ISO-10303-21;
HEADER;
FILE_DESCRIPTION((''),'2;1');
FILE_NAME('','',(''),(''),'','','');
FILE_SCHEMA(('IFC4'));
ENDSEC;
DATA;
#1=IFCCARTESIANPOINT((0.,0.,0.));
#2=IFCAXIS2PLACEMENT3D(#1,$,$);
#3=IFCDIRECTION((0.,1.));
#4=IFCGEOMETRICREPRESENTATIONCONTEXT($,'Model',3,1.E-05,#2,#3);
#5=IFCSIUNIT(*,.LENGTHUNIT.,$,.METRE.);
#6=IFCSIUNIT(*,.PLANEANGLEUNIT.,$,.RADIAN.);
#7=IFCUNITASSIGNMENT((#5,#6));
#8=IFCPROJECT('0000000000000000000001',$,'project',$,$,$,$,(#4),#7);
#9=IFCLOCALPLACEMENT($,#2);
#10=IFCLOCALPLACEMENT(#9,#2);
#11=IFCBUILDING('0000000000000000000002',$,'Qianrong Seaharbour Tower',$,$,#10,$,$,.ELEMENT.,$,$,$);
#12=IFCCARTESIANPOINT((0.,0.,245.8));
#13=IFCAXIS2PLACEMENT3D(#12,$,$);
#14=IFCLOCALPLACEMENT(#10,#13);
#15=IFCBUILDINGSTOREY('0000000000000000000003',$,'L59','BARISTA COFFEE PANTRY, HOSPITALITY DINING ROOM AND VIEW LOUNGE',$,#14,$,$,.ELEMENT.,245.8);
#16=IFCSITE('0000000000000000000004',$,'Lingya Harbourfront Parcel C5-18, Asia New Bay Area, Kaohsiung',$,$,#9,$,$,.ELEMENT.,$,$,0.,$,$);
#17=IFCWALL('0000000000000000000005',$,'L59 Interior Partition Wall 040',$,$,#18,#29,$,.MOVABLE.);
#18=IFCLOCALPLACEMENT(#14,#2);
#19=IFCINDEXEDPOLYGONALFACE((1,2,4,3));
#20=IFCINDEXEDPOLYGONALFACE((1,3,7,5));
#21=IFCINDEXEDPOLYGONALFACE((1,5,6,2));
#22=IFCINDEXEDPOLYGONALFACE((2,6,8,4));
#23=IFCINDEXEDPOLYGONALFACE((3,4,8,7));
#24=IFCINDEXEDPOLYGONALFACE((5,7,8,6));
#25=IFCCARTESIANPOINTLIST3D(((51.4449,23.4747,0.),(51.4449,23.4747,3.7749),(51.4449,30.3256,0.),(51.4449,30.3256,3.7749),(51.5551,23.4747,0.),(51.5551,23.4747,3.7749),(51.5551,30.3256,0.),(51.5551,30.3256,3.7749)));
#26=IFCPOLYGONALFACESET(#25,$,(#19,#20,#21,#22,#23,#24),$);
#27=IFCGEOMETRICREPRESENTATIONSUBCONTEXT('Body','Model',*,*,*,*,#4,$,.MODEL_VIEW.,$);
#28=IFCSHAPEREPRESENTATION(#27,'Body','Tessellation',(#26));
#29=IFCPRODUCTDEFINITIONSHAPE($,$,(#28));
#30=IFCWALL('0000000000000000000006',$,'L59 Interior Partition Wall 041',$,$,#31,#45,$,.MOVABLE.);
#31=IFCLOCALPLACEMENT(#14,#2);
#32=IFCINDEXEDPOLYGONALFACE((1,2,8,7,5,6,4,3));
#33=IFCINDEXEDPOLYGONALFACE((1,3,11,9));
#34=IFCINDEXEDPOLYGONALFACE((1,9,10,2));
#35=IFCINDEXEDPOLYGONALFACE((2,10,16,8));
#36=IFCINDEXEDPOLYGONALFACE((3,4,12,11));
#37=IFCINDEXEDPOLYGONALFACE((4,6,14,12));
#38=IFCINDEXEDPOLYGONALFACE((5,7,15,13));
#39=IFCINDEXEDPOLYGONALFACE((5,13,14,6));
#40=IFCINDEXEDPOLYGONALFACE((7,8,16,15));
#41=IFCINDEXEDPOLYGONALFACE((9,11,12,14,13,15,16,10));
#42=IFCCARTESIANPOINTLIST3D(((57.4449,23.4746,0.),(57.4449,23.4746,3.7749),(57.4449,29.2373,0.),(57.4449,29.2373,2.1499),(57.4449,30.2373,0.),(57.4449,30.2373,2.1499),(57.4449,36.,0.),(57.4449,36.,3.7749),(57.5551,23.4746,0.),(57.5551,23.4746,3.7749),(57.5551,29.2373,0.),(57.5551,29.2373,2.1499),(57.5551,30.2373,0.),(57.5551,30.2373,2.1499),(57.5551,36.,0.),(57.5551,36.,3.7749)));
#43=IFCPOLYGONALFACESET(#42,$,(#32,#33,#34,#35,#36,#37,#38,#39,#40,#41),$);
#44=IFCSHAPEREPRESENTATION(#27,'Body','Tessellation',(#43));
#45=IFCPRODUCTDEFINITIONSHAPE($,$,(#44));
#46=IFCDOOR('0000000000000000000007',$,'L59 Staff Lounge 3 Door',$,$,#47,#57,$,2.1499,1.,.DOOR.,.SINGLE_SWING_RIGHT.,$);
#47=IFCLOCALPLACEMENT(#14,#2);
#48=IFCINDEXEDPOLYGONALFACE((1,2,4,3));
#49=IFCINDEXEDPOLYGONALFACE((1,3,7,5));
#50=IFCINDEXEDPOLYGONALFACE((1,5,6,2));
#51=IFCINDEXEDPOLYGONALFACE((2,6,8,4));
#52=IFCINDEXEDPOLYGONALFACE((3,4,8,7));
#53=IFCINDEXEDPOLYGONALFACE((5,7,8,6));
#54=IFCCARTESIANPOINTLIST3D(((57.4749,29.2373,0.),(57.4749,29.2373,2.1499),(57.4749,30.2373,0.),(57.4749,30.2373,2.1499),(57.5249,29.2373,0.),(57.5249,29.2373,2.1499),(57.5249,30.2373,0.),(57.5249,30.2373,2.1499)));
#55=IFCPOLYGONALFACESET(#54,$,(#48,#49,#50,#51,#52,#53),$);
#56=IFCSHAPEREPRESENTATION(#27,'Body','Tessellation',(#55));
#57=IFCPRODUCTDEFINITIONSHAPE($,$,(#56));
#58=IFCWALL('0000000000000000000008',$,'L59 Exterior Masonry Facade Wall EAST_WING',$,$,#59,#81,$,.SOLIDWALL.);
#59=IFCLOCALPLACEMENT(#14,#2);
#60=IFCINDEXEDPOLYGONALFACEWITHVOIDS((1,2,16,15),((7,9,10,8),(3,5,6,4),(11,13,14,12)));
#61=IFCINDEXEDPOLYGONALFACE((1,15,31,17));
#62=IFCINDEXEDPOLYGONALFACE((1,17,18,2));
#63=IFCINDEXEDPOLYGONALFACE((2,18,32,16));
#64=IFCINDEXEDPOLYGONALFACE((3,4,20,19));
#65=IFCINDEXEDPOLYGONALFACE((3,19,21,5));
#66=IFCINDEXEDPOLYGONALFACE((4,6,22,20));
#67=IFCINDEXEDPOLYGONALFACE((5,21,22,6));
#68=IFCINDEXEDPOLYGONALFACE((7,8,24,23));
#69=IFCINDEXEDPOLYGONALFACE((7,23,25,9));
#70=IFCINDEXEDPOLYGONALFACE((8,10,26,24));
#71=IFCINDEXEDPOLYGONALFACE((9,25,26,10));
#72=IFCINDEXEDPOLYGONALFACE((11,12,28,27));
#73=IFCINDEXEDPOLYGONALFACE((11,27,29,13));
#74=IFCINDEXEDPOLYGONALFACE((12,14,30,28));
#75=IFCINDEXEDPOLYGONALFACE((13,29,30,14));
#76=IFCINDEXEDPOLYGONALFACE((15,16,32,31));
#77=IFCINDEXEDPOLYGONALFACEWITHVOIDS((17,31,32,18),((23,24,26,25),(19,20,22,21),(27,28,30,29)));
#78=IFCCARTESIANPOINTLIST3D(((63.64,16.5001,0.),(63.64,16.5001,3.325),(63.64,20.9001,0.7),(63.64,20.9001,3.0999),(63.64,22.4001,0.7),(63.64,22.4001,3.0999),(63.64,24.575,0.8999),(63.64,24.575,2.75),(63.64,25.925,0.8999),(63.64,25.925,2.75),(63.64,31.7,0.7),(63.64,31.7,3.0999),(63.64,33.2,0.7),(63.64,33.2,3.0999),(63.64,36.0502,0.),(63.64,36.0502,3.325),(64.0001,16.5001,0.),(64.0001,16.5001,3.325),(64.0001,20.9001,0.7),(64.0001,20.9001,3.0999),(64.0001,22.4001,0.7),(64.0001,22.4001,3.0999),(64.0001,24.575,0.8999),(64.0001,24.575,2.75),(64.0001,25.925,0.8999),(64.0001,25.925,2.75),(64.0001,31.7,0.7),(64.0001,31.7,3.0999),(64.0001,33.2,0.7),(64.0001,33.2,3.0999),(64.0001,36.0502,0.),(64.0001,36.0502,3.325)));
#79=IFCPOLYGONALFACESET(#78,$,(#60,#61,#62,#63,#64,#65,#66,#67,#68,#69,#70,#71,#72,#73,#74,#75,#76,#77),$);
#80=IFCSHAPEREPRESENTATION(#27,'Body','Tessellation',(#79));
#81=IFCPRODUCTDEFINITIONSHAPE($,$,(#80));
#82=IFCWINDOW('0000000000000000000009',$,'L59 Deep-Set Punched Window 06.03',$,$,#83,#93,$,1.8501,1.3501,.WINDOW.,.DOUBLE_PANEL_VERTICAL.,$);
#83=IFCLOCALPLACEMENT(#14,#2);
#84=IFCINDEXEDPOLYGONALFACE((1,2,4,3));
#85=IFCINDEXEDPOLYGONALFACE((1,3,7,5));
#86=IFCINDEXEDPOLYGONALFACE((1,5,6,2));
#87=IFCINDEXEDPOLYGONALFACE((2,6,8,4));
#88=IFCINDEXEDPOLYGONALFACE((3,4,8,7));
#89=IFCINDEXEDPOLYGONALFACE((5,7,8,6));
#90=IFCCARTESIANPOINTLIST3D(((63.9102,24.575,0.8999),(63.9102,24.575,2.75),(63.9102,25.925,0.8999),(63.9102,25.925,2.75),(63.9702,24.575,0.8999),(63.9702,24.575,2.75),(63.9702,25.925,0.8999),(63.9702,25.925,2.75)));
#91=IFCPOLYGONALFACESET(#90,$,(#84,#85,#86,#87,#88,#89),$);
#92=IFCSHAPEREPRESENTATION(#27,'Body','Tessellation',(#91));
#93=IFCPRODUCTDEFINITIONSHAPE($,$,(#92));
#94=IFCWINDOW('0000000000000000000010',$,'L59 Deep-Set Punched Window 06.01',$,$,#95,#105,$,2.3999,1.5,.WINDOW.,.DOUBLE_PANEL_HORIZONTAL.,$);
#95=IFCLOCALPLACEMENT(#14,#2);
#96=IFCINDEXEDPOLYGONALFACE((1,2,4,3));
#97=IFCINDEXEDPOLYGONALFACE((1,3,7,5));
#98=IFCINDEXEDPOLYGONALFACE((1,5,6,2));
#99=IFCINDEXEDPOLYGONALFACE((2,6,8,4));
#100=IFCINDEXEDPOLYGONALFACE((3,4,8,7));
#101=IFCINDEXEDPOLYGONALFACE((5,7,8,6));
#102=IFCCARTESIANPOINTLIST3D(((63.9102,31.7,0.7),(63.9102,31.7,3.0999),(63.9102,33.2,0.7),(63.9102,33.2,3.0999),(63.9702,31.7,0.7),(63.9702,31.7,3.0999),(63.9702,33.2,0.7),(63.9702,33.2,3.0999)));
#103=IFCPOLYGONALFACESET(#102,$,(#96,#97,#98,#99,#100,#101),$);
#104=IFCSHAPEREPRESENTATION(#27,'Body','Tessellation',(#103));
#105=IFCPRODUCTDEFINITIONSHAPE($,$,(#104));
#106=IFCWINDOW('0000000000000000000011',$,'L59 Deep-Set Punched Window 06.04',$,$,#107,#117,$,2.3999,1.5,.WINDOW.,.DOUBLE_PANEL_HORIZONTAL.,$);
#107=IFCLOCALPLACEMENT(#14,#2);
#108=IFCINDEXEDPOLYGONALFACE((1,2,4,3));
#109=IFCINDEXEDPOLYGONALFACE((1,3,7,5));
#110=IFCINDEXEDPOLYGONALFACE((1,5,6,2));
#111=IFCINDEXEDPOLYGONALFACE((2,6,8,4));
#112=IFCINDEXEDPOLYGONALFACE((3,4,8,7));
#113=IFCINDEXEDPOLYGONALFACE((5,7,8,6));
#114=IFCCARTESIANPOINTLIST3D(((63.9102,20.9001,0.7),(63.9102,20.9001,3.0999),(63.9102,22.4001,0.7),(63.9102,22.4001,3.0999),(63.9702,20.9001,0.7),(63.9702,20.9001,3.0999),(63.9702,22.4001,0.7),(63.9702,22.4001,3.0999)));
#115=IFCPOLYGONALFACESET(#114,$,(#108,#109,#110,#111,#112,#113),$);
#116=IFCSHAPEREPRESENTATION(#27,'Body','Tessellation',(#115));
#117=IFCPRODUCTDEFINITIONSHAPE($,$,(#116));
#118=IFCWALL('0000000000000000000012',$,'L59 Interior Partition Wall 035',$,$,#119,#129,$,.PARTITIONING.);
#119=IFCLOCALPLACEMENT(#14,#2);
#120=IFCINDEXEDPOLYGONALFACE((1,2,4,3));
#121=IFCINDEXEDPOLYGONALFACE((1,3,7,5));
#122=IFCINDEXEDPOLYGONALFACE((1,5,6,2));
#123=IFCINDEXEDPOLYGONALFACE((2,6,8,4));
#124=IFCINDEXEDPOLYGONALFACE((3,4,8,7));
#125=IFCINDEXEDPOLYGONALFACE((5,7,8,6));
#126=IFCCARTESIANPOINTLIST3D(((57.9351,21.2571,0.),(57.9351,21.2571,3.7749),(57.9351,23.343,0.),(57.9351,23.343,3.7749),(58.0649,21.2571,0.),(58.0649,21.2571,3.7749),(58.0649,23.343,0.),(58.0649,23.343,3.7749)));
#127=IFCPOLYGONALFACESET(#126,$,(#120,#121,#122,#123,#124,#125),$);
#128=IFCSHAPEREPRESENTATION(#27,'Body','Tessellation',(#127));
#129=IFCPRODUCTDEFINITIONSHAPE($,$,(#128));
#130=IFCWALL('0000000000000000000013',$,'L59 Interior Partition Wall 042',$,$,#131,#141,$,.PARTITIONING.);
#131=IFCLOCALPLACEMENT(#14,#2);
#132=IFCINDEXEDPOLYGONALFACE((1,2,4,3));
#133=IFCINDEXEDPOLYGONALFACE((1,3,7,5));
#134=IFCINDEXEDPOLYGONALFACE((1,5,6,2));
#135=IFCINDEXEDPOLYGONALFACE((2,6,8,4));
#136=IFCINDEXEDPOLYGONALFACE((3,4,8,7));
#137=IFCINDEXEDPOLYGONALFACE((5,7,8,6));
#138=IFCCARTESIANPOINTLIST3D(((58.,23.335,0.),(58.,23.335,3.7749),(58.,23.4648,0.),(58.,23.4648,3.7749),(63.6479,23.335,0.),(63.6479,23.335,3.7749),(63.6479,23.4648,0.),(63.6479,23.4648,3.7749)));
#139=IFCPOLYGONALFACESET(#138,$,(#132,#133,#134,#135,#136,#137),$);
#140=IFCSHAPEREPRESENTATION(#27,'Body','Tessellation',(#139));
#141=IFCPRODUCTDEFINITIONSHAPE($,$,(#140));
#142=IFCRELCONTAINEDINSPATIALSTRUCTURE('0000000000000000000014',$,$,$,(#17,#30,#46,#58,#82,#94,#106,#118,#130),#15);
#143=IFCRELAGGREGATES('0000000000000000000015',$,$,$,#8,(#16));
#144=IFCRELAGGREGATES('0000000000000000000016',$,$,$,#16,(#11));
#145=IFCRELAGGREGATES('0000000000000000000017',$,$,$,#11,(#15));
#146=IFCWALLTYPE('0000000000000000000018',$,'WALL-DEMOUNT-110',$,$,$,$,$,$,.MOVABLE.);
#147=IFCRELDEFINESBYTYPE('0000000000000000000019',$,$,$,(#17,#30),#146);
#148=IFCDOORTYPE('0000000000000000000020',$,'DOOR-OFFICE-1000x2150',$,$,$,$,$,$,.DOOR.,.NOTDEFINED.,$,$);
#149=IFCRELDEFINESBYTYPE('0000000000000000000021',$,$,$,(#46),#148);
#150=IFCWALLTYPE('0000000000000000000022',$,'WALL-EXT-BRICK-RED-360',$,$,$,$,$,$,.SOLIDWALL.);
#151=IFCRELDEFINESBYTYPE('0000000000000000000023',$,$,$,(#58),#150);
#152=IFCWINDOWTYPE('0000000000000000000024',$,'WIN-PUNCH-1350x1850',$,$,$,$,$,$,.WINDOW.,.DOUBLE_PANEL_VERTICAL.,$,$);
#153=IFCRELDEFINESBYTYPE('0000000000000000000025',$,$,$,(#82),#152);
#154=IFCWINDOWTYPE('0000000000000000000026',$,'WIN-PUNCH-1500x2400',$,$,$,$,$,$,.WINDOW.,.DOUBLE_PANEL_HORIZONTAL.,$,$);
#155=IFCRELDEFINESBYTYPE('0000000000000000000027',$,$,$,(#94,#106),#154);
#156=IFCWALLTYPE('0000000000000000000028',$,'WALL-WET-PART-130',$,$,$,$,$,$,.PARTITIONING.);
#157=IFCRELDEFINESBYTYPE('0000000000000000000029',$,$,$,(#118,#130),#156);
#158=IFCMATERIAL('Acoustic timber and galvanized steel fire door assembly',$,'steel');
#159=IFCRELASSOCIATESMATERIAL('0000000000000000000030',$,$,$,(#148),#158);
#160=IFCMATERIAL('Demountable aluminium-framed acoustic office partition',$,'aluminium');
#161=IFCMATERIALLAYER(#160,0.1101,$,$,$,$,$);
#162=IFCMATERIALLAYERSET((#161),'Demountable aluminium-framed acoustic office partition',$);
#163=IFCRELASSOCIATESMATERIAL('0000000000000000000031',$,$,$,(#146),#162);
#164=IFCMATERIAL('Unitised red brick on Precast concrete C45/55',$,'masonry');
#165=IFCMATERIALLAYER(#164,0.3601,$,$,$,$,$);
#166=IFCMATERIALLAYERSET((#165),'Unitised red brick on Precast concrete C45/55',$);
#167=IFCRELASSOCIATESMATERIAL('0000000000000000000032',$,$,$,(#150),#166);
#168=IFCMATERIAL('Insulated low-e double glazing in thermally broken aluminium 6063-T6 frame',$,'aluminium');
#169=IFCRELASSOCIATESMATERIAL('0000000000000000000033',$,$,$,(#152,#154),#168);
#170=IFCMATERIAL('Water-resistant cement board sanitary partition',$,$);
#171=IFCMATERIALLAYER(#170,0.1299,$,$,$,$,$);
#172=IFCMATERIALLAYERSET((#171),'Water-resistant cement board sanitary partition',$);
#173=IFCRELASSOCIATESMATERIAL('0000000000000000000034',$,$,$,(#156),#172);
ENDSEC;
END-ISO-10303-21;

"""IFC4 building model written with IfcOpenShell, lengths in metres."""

from ifc_helpers import new_model, si_unit, direction, frame, frame_2d, origin, place, context, subcontext, project, spatial, rectangle, extrude, material, layer, layer_set, type_object, element, fill, save


model = new_model("IFC4")

# Units and contexts
model_context = context("Model", 3, precision=1e-05, world=origin(), true_north=direction((0.0, 1.0)))
body_context = subcontext(model_context, "Body", "Model", "MODEL_VIEW")
ifc_project = project(units=[si_unit("LENGTHUNIT", "METRE"), si_unit("PLANEANGLEUNIT", "RADIAN")], contexts=[model_context])

# Site, building, storey
site_placement = place(None, origin())
site = spatial("IfcSite", under=ifc_project, at=site_placement, Name="Lingya Harbourfront Parcel C5-18, Asia New Bay Area, Kaohsiung", CompositionType="ELEMENT", RefElevation=0.0)
building_placement = place(site_placement, origin())
building = spatial("IfcBuilding", under=site, at=building_placement, Name="Qianrong Seaharbour Tower", CompositionType="ELEMENT")
storey_placement = place(building_placement, frame((0.0, 0.0, 245.8)))
storey = spatial("IfcBuildingStorey", under=building, at=storey_placement, Name="L59", Description="BARISTA COFFEE PANTRY, HOSPITALITY DINING ROOM AND VIEW LOUNGE", CompositionType="ELEMENT", Elevation=245.8)

# Shared definitions
ifc_material_1 = material(Name="Acoustic timber and galvanized steel fire door assembly", Category="steel")
door_type = type_object("IfcDoorType", Name="DOOR-OFFICE-1000x2150", OperationType="NOTDEFINED", PredefinedType="DOOR", material=ifc_material_1)

# Wall
ifc_material_2 = material(Name="Demountable aluminium-framed acoustic office partition", Category="aluminium")
ifc_layer_1 = layer(ifc_material_2, 0.1101)
ifc_layer_set_1 = layer_set([ifc_layer_1], Name="Demountable aluminium-framed acoustic office partition")
wall_type_1 = type_object("IfcWallType", Name="WALL-DEMOUNT-110", PredefinedType="MOVABLE", material=ifc_layer_set_1)
wall_1_placement = place(storey_placement, frame((51.5, 30.3254, 0.0), z_axis=(0.0, 0.0, 1.0), x_axis=(0.0, -1.0, 0.0)))
element("IfcWall", 1, at=wall_1_placement, inside=storey, type_object=wall_type_1, Name="L59 Interior Partition Wall 040", PredefinedType="MOVABLE", context=body_context, shape_type="SweptSolid", body=[
    extrude(rectangle(XDim=6.8508, YDim=0.1101, at=frame_2d((3.4253, 0.0))), origin(), (0.0, 0.0, 1.0), 3.7749),
])

# Wall, opening, door
wall_2_placement = place(storey_placement, frame((57.5, 36.0, 0.0), z_axis=(0.0, 0.0, 1.0), x_axis=(0.0, -1.0, 0.0)))
wall_2 = element("IfcWall", 2, at=wall_2_placement, inside=storey, type_object=wall_type_1, Name="L59 Interior Partition Wall 041", PredefinedType="MOVABLE", context=body_context, shape_type="SweptSolid", body=[
    extrude(rectangle(XDim=12.5254, YDim=0.1101, at=frame_2d((6.2627, 0.0))), origin(), (0.0, 0.0, 1.0), 3.7749),
])
opening_1_placement = place(wall_2_placement, frame((5.7627, 0.0, 0.0)))
opening_1 = element("IfcOpeningElement", 3, at=opening_1_placement, cuts=wall_2, PredefinedType="OPENING", context=body_context, shape_type="SweptSolid", body=[
    extrude(rectangle(XDim=1.0, YDim=2.1499, at=frame_2d((0.5, 1.075))), frame((0.0, 0.0649, 0.0), z_axis=(0.0, -1.0, 0.0), x_axis=(1.0, 0.0, 0.0)), (0.0, 0.0, 1.0), 0.1301),
])
door_1_placement = place(opening_1_placement, origin())
door_1 = element("IfcDoor", 4, at=door_1_placement, inside=storey, type_object=door_type, Name="L59 Staff Lounge 3 Door", OperationType="SINGLE_SWING_RIGHT", OverallHeight=2.1499, OverallWidth=1.0, PredefinedType="DOOR", context=body_context, shape_type="SweptSolid", body=[
    extrude(rectangle(XDim=1.0, YDim=2.1499, at=frame_2d((0.5, 1.075))), frame((0.0, 0.0249, 0.0), z_axis=(0.0, -1.0, 0.0), x_axis=(1.0, 0.0, 0.0)), (0.0, 0.0, 1.0), 0.05),
])
fill(opening_1, door_1)

# Wall, openings, windows
ifc_material_3 = material(Name="Unitised red brick on Precast concrete C45/55", Category="masonry")
ifc_layer_2 = layer(ifc_material_3, 0.3601)
ifc_layer_set_2 = layer_set([ifc_layer_2], Name="Unitised red brick on Precast concrete C45/55")
wall_type_2 = type_object("IfcWallType", Name="WALL-EXT-BRICK-RED-360", PredefinedType="SOLIDWALL", material=ifc_layer_set_2)
wall_3_placement = place(storey_placement, frame((63.8201, 36.05, 0.0), z_axis=(0.0, 0.0, 1.0), x_axis=(0.0, -1.0, 0.0)))
wall_3 = element("IfcWall", 5, at=wall_3_placement, inside=storey, type_object=wall_type_2, Name="L59 Exterior Masonry Facade Wall EAST_WING", PredefinedType="SOLIDWALL", context=body_context, shape_type="SweptSolid", body=[
    extrude(rectangle(XDim=19.55, YDim=0.3601, at=frame_2d((9.7749, 0.0))), origin(), (0.0, 0.0, 1.0), 3.325),
])
opening_2_placement = place(wall_3_placement, frame((2.8501, 0.0, 0.7)))
opening_2 = element("IfcOpeningElement", 6, at=opening_2_placement, cuts=wall_3, PredefinedType="OPENING", context=body_context, shape_type="SweptSolid", body=[
    extrude(rectangle(XDim=1.5, YDim=2.3999, at=frame_2d((0.75, 1.2))), frame((0.0, 0.1899, 0.0), z_axis=(0.0, -1.0, 0.0), x_axis=(1.0, 0.0, 0.0)), (0.0, 0.0, 1.0), 0.3801),
])
opening_3_placement = place(wall_3_placement, frame((10.125, 0.0, 0.8999)))
opening_3 = element("IfcOpeningElement", 7, at=opening_3_placement, cuts=wall_3, PredefinedType="OPENING", context=body_context, shape_type="SweptSolid", body=[
    extrude(rectangle(XDim=1.3501, YDim=1.8501, at=frame_2d((0.675, 0.925))), frame((0.0, 0.1899, 0.0), z_axis=(0.0, -1.0, 0.0), x_axis=(1.0, 0.0, 0.0)), (0.0, 0.0, 1.0), 0.3801),
])
opening_4_placement = place(wall_3_placement, frame((13.6499, 0.0, 0.7)))
opening_4 = element("IfcOpeningElement", 8, at=opening_4_placement, cuts=wall_3, PredefinedType="OPENING", context=body_context, shape_type="SweptSolid", body=[
    extrude(rectangle(XDim=1.5, YDim=2.3999, at=frame_2d((0.75, 1.2))), frame((0.0, 0.1899, 0.0), z_axis=(0.0, -1.0, 0.0), x_axis=(1.0, 0.0, 0.0)), (0.0, 0.0, 1.0), 0.3801),
])
ifc_material_4 = material(Name="Insulated low-e double glazing in thermally broken aluminium 6063-T6 frame", Category="aluminium")
window_type_1 = type_object("IfcWindowType", Name="WIN-PUNCH-1350x1850", PartitioningType="DOUBLE_PANEL_VERTICAL", PredefinedType="WINDOW", material=ifc_material_4)
window_1_placement = place(opening_3_placement, origin())
window_1 = element("IfcWindow", 9, at=window_1_placement, inside=storey, type_object=window_type_1, Name="L59 Deep-Set Punched Window 06.03", OverallHeight=1.8501, OverallWidth=1.3501, PartitioningType="DOUBLE_PANEL_VERTICAL", PredefinedType="WINDOW", context=body_context, shape_type="SweptSolid", body=[
    extrude(rectangle(XDim=1.3501, YDim=1.8501, at=frame_2d((0.675, 0.925))), frame((0.0, 0.1501, 0.0), z_axis=(0.0, -1.0, 0.0), x_axis=(1.0, 0.0, 0.0)), (0.0, 0.0, 1.0), 0.0601),
])
fill(opening_3, window_1)
window_type_2 = type_object("IfcWindowType", Name="WIN-PUNCH-1500x2400", PartitioningType="DOUBLE_PANEL_HORIZONTAL", PredefinedType="WINDOW", material=ifc_material_4)
window_2_placement = place(opening_2_placement, origin())
window_2 = element("IfcWindow", 10, at=window_2_placement, inside=storey, type_object=window_type_2, Name="L59 Deep-Set Punched Window 06.01", OverallHeight=2.3999, OverallWidth=1.5, PartitioningType="DOUBLE_PANEL_HORIZONTAL", PredefinedType="WINDOW", context=body_context, shape_type="SweptSolid", body=[
    extrude(rectangle(XDim=1.5, YDim=2.3999, at=frame_2d((0.75, 1.2))), frame((0.0, 0.1501, 0.0), z_axis=(0.0, -1.0, 0.0), x_axis=(1.0, 0.0, 0.0)), (0.0, 0.0, 1.0), 0.0601),
])
fill(opening_2, window_2)
window_3_placement = place(opening_4_placement, origin())
window_3 = element("IfcWindow", 11, at=window_3_placement, inside=storey, type_object=window_type_2, Name="L59 Deep-Set Punched Window 06.04", OverallHeight=2.3999, OverallWidth=1.5, PartitioningType="DOUBLE_PANEL_HORIZONTAL", PredefinedType="WINDOW", context=body_context, shape_type="SweptSolid", body=[
    extrude(rectangle(XDim=1.5, YDim=2.3999, at=frame_2d((0.75, 1.2))), frame((0.0, 0.1501, 0.0), z_axis=(0.0, -1.0, 0.0), x_axis=(1.0, 0.0, 0.0)), (0.0, 0.0, 1.0), 0.0601),
])
fill(opening_4, window_3)

# Walls
ifc_material_5 = material(Name="Water-resistant cement board sanitary partition")
ifc_layer_3 = layer(ifc_material_5, 0.1299)
ifc_layer_set_3 = layer_set([ifc_layer_3], Name="Water-resistant cement board sanitary partition")
wall_type_3 = type_object("IfcWallType", Name="WALL-WET-PART-130", PredefinedType="PARTITIONING", material=ifc_layer_set_3)
wall_4_placement = place(storey_placement, frame((58.0, 23.343, 0.0), z_axis=(0.0, 0.0, 1.0), x_axis=(0.0, -1.0, 0.0)))
element("IfcWall", 12, at=wall_4_placement, inside=storey, type_object=wall_type_3, Name="L59 Interior Partition Wall 035", PredefinedType="PARTITIONING", context=body_context, shape_type="SweptSolid", body=[
    extrude(rectangle(XDim=2.0859, YDim=0.1299, at=frame_2d((1.043, 0.0))), origin(), (0.0, 0.0, 1.0), 3.7749),
])
wall_5_placement = place(storey_placement, frame((63.6479, 23.3999, 0.0), z_axis=(0.0, 0.0, 1.0), x_axis=(-1.0, 0.0, 0.0)))
element("IfcWall", 13, at=wall_5_placement, inside=storey, type_object=wall_type_3, Name="L59 Interior Partition Wall 042", PredefinedType="PARTITIONING", context=body_context, shape_type="SweptSolid", body=[
    extrude(rectangle(XDim=5.6479, YDim=0.1299, at=frame_2d((2.824, 0.0))), origin(), (0.0, 0.0, 1.0), 3.7749),
])

save(model, "model.ifc")
